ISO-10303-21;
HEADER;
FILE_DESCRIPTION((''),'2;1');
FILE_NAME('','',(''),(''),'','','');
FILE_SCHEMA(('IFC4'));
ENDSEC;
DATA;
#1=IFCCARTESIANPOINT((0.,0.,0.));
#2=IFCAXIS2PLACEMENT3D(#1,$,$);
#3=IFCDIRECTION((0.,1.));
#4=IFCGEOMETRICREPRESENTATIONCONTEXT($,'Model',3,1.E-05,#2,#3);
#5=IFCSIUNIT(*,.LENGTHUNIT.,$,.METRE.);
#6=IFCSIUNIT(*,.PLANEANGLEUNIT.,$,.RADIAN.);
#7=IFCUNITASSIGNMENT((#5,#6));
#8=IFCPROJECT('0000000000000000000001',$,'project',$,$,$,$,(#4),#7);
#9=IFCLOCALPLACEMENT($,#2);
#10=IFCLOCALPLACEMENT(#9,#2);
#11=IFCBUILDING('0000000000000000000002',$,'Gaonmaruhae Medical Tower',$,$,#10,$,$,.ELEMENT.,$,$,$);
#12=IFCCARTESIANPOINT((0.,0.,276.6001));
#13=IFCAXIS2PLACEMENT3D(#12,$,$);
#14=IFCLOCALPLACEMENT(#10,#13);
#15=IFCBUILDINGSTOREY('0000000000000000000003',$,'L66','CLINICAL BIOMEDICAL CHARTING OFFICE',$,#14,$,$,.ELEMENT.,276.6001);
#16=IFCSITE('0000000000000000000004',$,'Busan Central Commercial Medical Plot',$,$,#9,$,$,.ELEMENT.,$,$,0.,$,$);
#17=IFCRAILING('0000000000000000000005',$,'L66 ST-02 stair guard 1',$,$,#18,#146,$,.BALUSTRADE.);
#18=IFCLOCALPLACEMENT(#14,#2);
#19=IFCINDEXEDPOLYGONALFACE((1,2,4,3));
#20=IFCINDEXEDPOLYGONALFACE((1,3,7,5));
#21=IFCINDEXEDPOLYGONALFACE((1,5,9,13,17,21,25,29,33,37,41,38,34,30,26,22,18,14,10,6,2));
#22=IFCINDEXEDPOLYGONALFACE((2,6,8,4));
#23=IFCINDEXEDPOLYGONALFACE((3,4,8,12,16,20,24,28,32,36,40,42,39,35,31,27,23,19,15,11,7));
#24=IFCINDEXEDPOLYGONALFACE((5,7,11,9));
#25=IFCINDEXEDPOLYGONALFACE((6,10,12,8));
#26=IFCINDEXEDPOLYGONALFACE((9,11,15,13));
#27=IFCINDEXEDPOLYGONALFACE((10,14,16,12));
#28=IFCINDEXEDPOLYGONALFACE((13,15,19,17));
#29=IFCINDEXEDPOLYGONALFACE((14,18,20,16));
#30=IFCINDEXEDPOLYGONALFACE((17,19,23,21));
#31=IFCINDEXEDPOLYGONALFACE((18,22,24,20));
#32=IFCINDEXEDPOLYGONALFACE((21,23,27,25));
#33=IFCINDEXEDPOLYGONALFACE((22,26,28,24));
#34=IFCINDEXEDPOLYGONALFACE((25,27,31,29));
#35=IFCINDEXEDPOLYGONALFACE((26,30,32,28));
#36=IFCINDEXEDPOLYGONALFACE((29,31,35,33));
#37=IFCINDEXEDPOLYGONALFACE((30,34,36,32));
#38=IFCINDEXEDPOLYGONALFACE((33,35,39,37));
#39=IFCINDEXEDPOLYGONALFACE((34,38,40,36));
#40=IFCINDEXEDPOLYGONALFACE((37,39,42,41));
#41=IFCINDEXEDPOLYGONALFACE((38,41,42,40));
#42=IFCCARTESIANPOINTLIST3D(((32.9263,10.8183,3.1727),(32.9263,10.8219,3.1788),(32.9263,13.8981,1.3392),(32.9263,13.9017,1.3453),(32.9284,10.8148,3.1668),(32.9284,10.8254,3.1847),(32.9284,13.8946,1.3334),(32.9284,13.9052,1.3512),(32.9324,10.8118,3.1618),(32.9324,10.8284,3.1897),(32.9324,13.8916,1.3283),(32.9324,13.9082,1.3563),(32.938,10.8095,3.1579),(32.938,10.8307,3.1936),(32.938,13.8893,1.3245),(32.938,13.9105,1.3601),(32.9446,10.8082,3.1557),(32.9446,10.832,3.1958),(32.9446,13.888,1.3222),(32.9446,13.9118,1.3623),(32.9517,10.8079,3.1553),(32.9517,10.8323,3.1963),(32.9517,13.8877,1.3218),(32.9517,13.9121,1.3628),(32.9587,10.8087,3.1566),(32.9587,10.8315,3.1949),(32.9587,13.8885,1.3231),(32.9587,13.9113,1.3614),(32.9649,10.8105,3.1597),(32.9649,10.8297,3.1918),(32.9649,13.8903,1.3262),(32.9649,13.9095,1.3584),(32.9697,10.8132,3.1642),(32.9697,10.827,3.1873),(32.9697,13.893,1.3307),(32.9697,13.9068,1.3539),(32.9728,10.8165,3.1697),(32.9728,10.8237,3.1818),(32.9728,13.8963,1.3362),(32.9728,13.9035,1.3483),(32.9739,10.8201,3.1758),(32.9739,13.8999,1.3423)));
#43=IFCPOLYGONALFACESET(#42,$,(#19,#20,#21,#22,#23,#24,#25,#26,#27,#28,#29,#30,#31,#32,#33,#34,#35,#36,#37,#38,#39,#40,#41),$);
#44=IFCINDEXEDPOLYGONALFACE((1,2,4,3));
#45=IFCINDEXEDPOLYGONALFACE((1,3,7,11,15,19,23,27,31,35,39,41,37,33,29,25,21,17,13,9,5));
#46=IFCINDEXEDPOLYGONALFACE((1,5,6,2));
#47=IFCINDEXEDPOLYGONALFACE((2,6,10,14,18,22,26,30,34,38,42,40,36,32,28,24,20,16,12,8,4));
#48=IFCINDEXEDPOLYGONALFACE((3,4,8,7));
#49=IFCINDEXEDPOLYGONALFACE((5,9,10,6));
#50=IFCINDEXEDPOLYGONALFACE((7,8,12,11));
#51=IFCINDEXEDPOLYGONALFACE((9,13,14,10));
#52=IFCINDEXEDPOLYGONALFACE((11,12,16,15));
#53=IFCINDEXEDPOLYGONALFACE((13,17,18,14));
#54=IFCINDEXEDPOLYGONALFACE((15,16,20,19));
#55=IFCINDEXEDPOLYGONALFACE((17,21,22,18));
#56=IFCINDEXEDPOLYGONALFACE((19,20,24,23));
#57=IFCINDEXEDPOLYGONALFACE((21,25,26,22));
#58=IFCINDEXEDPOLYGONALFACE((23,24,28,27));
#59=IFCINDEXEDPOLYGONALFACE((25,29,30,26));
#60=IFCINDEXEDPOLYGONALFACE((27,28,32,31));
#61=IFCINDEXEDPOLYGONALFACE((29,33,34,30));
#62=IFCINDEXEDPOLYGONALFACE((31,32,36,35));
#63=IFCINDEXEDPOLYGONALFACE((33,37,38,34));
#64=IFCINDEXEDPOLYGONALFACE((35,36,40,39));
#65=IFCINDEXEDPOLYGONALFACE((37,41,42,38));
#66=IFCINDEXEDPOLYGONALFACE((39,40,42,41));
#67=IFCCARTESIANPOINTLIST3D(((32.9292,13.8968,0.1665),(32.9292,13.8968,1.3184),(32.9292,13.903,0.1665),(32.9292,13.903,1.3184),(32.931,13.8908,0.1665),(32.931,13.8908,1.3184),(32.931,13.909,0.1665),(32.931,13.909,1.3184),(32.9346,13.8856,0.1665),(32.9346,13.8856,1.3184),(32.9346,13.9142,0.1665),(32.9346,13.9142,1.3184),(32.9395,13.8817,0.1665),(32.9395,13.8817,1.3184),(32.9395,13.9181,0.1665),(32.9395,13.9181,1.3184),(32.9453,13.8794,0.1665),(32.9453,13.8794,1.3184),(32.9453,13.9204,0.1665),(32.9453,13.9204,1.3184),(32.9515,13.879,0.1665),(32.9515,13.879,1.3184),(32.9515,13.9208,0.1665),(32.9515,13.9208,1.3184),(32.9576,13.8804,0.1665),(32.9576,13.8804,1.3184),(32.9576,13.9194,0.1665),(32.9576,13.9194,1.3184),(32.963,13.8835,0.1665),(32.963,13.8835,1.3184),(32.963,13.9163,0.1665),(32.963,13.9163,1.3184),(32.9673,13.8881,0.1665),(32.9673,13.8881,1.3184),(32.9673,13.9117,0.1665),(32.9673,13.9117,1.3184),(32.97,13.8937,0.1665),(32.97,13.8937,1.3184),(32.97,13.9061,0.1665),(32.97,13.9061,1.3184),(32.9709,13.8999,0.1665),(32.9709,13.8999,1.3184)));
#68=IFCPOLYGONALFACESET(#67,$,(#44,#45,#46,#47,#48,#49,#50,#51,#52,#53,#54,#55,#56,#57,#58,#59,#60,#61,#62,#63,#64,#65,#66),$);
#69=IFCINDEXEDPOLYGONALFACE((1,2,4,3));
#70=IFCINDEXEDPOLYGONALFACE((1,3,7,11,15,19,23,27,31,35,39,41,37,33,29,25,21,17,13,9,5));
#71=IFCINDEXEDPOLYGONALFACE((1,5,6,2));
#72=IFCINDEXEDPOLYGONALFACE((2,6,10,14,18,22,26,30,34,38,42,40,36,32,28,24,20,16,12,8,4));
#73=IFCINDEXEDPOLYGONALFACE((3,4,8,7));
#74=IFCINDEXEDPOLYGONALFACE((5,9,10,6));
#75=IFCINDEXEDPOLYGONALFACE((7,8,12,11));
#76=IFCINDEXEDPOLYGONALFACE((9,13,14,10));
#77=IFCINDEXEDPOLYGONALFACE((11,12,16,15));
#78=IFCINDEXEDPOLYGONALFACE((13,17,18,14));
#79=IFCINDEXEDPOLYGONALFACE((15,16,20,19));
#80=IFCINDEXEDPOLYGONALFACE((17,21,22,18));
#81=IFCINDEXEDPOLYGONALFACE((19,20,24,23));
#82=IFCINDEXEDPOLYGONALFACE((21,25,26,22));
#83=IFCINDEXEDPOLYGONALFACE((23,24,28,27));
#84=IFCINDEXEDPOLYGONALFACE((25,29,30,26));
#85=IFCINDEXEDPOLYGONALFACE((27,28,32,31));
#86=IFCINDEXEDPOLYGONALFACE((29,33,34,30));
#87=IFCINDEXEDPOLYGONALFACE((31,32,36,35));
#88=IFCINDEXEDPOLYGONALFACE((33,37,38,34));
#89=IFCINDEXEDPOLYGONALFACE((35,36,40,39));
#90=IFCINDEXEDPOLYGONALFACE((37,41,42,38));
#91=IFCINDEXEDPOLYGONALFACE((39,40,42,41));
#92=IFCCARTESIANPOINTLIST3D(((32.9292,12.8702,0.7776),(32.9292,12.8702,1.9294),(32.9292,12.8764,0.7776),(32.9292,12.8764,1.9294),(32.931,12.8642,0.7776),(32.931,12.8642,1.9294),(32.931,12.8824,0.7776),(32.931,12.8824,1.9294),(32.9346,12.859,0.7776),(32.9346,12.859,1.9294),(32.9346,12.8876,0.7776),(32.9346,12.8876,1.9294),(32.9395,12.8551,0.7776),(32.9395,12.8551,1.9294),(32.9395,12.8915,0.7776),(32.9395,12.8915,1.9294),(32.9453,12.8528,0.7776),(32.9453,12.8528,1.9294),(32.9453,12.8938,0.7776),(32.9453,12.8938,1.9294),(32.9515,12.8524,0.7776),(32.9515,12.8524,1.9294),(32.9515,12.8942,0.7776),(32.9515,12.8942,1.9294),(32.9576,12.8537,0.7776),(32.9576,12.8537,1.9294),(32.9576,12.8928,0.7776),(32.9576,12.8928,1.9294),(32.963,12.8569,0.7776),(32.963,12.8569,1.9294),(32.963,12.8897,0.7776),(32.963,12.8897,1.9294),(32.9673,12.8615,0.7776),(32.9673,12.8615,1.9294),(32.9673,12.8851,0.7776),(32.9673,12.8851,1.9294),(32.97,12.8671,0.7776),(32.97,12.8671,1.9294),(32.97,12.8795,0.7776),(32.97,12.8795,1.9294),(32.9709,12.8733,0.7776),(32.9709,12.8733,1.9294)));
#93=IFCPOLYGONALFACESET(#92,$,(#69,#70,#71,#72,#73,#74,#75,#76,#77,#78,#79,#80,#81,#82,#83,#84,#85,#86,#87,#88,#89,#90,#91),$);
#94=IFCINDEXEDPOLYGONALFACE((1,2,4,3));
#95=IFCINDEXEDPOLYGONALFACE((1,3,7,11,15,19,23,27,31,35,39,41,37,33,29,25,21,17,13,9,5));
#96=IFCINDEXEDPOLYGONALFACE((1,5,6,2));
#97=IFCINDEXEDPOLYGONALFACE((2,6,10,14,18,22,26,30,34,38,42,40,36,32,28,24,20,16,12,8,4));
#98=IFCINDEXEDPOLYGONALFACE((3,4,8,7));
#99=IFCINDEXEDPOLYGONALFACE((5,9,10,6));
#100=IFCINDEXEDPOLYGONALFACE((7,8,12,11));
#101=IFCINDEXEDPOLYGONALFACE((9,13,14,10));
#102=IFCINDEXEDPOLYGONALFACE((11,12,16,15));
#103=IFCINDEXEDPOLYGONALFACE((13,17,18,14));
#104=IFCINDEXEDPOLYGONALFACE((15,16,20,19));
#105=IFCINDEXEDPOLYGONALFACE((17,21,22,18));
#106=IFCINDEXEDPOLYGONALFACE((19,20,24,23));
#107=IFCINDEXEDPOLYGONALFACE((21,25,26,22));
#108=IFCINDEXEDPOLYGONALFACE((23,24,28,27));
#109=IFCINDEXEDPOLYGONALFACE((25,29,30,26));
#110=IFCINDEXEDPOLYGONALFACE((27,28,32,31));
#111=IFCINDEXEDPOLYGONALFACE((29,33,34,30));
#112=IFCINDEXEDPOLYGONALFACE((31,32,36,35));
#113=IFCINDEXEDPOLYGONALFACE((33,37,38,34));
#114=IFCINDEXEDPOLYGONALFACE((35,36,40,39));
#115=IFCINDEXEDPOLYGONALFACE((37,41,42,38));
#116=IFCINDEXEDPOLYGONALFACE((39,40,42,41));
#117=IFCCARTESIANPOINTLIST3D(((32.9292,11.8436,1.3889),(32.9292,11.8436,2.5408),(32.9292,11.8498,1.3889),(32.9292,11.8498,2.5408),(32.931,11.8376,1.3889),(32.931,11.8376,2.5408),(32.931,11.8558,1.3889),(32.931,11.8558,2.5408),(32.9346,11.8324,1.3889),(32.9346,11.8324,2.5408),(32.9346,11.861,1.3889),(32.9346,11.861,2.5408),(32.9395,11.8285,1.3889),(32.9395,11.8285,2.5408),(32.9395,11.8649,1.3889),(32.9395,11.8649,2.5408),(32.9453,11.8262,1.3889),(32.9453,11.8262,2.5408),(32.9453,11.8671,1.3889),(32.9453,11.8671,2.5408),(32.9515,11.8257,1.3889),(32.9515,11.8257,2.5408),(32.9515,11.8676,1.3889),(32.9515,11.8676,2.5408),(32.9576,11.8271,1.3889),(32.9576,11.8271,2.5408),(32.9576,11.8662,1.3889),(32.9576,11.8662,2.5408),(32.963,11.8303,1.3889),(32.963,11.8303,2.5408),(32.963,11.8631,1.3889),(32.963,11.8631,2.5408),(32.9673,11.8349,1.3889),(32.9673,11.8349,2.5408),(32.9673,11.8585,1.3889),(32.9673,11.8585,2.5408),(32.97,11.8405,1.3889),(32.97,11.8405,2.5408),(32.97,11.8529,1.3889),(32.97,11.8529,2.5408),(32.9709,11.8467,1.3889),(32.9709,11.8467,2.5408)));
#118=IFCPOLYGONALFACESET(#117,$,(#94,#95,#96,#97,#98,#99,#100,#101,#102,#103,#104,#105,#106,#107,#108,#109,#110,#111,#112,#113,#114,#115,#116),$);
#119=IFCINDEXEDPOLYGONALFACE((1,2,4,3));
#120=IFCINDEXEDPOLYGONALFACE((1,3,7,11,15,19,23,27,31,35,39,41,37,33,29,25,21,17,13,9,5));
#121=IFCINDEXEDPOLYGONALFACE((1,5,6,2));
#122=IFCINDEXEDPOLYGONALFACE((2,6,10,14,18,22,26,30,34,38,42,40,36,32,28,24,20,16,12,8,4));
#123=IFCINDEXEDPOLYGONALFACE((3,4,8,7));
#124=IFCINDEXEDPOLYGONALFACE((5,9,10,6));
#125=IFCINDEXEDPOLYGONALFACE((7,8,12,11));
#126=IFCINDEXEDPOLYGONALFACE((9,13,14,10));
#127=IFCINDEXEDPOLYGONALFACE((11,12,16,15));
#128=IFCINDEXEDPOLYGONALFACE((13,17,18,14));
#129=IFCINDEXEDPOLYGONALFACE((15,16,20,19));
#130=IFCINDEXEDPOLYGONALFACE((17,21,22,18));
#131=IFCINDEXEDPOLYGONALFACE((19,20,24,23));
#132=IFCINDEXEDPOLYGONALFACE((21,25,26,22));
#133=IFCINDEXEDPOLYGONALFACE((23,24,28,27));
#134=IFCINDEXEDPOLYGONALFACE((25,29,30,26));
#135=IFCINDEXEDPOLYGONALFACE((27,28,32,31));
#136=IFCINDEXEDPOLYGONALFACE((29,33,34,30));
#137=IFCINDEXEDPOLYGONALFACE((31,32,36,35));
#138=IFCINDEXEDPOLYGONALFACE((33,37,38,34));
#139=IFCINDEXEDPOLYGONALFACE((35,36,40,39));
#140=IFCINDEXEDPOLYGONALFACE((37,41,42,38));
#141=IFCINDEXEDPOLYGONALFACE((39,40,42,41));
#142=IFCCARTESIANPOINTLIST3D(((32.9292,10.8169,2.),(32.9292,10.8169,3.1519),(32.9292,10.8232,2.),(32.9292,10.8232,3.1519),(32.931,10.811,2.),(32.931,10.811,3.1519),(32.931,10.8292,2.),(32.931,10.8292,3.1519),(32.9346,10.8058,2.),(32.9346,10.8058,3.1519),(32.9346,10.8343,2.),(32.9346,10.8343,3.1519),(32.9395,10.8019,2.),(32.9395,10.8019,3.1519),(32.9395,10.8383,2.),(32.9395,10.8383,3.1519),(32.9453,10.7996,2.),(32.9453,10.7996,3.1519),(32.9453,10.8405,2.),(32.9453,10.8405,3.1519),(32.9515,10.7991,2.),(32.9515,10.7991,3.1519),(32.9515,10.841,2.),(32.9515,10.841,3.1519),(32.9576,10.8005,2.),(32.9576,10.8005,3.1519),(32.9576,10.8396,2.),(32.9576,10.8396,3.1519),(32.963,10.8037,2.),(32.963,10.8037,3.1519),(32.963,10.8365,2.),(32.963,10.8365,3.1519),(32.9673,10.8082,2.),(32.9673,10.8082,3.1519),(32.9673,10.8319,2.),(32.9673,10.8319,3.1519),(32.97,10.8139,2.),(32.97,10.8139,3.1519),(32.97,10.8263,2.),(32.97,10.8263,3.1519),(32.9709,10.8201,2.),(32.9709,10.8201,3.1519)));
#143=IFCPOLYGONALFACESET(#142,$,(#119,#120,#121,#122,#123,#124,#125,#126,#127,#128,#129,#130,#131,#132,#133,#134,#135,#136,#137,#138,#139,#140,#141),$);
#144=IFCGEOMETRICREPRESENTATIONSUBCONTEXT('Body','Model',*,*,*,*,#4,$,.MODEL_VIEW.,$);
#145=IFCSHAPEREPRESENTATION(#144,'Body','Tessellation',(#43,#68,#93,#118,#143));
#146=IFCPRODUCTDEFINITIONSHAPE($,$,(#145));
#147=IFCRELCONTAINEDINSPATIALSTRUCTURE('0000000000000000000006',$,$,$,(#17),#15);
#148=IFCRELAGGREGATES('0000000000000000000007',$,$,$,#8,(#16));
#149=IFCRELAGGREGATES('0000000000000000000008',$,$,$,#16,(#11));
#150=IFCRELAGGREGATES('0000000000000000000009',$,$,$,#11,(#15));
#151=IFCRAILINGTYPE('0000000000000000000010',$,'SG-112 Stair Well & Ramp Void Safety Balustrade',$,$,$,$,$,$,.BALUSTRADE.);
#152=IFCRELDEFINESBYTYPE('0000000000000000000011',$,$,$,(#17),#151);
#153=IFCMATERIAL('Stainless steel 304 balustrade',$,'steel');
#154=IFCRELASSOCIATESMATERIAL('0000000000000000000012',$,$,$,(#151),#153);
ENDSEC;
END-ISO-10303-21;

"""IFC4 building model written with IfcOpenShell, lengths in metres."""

from ifc_helpers import new_model, si_unit, direction, frame, origin, origin_2d, place, context, subcontext, project, spatial, circle, extrude, material, type_object, element, save


model = new_model("IFC4")

# Units and contexts
model_context = context("Model", 3, precision=1e-05, world=origin(), true_north=direction((0.0, 1.0)))
body_context = subcontext(model_context, "Body", "Model", "MODEL_VIEW")
ifc_project = project(units=[si_unit("LENGTHUNIT", "METRE"), si_unit("PLANEANGLEUNIT", "RADIAN")], contexts=[model_context])

# Site, building, storey
site_placement = place(None, origin())
site = spatial("IfcSite", under=ifc_project, at=site_placement, Name="Busan Central Commercial Medical Plot", CompositionType="ELEMENT", RefElevation=0.0)
building_placement = place(site_placement, origin())
building = spatial("IfcBuilding", under=site, at=building_placement, Name="Gaonmaruhae Medical Tower", CompositionType="ELEMENT")
storey_placement = place(building_placement, frame((0.0, 0.0, 276.6001)))
storey = spatial("IfcBuildingStorey", under=building, at=storey_placement, Name="L66", Description="CLINICAL BIOMEDICAL CHARTING OFFICE", CompositionType="ELEMENT", Elevation=276.6001)

# Railing
ifc_material_1 = material(Name="Stainless steel 304 balustrade", Category="steel")
railing_type_1 = type_object("IfcRailingType", Name="SG-112 Stair Well & Ramp Void Safety Balustrade", PredefinedType="BALUSTRADE", material=ifc_material_1)
railing_1_placement = place(storey_placement, frame((32.95, 13.8999, 0.1665)))
element("IfcRailing", 1, at=railing_1_placement, inside=storey, type_object=railing_type_1, Name="L66 ST-02 stair guard 1", PredefinedType="BALUSTRADE", context=body_context, shape_type="SweptSolid", body=[
    extrude(circle(Radius=0.0239, at=origin_2d()), frame((0.0, 0.0, 1.1758), z_axis=(0.0, -0.859261, 0.511538), x_axis=(1.0, 0.0, 0.0)), (0.0, 0.0, 1.0), 3.5842),
    extrude(circle(Radius=0.021, at=origin_2d()), origin(), (0.0, 0.0, 1.0), 1.1519),
    extrude(circle(Radius=0.021, at=origin_2d()), frame((0.0, -1.0266, 0.6111)), (0.0, 0.0, 1.0), 1.1519),
    extrude(circle(Radius=0.021, at=origin_2d()), frame((0.0, -2.0532, 1.2224)), (0.0, 0.0, 1.0), 1.1519),
    extrude(circle(Radius=0.021, at=origin_2d()), frame((0.0, -3.0798, 1.8335)), (0.0, 0.0, 1.0), 1.1519),
])

save(model, "model.ifc")
